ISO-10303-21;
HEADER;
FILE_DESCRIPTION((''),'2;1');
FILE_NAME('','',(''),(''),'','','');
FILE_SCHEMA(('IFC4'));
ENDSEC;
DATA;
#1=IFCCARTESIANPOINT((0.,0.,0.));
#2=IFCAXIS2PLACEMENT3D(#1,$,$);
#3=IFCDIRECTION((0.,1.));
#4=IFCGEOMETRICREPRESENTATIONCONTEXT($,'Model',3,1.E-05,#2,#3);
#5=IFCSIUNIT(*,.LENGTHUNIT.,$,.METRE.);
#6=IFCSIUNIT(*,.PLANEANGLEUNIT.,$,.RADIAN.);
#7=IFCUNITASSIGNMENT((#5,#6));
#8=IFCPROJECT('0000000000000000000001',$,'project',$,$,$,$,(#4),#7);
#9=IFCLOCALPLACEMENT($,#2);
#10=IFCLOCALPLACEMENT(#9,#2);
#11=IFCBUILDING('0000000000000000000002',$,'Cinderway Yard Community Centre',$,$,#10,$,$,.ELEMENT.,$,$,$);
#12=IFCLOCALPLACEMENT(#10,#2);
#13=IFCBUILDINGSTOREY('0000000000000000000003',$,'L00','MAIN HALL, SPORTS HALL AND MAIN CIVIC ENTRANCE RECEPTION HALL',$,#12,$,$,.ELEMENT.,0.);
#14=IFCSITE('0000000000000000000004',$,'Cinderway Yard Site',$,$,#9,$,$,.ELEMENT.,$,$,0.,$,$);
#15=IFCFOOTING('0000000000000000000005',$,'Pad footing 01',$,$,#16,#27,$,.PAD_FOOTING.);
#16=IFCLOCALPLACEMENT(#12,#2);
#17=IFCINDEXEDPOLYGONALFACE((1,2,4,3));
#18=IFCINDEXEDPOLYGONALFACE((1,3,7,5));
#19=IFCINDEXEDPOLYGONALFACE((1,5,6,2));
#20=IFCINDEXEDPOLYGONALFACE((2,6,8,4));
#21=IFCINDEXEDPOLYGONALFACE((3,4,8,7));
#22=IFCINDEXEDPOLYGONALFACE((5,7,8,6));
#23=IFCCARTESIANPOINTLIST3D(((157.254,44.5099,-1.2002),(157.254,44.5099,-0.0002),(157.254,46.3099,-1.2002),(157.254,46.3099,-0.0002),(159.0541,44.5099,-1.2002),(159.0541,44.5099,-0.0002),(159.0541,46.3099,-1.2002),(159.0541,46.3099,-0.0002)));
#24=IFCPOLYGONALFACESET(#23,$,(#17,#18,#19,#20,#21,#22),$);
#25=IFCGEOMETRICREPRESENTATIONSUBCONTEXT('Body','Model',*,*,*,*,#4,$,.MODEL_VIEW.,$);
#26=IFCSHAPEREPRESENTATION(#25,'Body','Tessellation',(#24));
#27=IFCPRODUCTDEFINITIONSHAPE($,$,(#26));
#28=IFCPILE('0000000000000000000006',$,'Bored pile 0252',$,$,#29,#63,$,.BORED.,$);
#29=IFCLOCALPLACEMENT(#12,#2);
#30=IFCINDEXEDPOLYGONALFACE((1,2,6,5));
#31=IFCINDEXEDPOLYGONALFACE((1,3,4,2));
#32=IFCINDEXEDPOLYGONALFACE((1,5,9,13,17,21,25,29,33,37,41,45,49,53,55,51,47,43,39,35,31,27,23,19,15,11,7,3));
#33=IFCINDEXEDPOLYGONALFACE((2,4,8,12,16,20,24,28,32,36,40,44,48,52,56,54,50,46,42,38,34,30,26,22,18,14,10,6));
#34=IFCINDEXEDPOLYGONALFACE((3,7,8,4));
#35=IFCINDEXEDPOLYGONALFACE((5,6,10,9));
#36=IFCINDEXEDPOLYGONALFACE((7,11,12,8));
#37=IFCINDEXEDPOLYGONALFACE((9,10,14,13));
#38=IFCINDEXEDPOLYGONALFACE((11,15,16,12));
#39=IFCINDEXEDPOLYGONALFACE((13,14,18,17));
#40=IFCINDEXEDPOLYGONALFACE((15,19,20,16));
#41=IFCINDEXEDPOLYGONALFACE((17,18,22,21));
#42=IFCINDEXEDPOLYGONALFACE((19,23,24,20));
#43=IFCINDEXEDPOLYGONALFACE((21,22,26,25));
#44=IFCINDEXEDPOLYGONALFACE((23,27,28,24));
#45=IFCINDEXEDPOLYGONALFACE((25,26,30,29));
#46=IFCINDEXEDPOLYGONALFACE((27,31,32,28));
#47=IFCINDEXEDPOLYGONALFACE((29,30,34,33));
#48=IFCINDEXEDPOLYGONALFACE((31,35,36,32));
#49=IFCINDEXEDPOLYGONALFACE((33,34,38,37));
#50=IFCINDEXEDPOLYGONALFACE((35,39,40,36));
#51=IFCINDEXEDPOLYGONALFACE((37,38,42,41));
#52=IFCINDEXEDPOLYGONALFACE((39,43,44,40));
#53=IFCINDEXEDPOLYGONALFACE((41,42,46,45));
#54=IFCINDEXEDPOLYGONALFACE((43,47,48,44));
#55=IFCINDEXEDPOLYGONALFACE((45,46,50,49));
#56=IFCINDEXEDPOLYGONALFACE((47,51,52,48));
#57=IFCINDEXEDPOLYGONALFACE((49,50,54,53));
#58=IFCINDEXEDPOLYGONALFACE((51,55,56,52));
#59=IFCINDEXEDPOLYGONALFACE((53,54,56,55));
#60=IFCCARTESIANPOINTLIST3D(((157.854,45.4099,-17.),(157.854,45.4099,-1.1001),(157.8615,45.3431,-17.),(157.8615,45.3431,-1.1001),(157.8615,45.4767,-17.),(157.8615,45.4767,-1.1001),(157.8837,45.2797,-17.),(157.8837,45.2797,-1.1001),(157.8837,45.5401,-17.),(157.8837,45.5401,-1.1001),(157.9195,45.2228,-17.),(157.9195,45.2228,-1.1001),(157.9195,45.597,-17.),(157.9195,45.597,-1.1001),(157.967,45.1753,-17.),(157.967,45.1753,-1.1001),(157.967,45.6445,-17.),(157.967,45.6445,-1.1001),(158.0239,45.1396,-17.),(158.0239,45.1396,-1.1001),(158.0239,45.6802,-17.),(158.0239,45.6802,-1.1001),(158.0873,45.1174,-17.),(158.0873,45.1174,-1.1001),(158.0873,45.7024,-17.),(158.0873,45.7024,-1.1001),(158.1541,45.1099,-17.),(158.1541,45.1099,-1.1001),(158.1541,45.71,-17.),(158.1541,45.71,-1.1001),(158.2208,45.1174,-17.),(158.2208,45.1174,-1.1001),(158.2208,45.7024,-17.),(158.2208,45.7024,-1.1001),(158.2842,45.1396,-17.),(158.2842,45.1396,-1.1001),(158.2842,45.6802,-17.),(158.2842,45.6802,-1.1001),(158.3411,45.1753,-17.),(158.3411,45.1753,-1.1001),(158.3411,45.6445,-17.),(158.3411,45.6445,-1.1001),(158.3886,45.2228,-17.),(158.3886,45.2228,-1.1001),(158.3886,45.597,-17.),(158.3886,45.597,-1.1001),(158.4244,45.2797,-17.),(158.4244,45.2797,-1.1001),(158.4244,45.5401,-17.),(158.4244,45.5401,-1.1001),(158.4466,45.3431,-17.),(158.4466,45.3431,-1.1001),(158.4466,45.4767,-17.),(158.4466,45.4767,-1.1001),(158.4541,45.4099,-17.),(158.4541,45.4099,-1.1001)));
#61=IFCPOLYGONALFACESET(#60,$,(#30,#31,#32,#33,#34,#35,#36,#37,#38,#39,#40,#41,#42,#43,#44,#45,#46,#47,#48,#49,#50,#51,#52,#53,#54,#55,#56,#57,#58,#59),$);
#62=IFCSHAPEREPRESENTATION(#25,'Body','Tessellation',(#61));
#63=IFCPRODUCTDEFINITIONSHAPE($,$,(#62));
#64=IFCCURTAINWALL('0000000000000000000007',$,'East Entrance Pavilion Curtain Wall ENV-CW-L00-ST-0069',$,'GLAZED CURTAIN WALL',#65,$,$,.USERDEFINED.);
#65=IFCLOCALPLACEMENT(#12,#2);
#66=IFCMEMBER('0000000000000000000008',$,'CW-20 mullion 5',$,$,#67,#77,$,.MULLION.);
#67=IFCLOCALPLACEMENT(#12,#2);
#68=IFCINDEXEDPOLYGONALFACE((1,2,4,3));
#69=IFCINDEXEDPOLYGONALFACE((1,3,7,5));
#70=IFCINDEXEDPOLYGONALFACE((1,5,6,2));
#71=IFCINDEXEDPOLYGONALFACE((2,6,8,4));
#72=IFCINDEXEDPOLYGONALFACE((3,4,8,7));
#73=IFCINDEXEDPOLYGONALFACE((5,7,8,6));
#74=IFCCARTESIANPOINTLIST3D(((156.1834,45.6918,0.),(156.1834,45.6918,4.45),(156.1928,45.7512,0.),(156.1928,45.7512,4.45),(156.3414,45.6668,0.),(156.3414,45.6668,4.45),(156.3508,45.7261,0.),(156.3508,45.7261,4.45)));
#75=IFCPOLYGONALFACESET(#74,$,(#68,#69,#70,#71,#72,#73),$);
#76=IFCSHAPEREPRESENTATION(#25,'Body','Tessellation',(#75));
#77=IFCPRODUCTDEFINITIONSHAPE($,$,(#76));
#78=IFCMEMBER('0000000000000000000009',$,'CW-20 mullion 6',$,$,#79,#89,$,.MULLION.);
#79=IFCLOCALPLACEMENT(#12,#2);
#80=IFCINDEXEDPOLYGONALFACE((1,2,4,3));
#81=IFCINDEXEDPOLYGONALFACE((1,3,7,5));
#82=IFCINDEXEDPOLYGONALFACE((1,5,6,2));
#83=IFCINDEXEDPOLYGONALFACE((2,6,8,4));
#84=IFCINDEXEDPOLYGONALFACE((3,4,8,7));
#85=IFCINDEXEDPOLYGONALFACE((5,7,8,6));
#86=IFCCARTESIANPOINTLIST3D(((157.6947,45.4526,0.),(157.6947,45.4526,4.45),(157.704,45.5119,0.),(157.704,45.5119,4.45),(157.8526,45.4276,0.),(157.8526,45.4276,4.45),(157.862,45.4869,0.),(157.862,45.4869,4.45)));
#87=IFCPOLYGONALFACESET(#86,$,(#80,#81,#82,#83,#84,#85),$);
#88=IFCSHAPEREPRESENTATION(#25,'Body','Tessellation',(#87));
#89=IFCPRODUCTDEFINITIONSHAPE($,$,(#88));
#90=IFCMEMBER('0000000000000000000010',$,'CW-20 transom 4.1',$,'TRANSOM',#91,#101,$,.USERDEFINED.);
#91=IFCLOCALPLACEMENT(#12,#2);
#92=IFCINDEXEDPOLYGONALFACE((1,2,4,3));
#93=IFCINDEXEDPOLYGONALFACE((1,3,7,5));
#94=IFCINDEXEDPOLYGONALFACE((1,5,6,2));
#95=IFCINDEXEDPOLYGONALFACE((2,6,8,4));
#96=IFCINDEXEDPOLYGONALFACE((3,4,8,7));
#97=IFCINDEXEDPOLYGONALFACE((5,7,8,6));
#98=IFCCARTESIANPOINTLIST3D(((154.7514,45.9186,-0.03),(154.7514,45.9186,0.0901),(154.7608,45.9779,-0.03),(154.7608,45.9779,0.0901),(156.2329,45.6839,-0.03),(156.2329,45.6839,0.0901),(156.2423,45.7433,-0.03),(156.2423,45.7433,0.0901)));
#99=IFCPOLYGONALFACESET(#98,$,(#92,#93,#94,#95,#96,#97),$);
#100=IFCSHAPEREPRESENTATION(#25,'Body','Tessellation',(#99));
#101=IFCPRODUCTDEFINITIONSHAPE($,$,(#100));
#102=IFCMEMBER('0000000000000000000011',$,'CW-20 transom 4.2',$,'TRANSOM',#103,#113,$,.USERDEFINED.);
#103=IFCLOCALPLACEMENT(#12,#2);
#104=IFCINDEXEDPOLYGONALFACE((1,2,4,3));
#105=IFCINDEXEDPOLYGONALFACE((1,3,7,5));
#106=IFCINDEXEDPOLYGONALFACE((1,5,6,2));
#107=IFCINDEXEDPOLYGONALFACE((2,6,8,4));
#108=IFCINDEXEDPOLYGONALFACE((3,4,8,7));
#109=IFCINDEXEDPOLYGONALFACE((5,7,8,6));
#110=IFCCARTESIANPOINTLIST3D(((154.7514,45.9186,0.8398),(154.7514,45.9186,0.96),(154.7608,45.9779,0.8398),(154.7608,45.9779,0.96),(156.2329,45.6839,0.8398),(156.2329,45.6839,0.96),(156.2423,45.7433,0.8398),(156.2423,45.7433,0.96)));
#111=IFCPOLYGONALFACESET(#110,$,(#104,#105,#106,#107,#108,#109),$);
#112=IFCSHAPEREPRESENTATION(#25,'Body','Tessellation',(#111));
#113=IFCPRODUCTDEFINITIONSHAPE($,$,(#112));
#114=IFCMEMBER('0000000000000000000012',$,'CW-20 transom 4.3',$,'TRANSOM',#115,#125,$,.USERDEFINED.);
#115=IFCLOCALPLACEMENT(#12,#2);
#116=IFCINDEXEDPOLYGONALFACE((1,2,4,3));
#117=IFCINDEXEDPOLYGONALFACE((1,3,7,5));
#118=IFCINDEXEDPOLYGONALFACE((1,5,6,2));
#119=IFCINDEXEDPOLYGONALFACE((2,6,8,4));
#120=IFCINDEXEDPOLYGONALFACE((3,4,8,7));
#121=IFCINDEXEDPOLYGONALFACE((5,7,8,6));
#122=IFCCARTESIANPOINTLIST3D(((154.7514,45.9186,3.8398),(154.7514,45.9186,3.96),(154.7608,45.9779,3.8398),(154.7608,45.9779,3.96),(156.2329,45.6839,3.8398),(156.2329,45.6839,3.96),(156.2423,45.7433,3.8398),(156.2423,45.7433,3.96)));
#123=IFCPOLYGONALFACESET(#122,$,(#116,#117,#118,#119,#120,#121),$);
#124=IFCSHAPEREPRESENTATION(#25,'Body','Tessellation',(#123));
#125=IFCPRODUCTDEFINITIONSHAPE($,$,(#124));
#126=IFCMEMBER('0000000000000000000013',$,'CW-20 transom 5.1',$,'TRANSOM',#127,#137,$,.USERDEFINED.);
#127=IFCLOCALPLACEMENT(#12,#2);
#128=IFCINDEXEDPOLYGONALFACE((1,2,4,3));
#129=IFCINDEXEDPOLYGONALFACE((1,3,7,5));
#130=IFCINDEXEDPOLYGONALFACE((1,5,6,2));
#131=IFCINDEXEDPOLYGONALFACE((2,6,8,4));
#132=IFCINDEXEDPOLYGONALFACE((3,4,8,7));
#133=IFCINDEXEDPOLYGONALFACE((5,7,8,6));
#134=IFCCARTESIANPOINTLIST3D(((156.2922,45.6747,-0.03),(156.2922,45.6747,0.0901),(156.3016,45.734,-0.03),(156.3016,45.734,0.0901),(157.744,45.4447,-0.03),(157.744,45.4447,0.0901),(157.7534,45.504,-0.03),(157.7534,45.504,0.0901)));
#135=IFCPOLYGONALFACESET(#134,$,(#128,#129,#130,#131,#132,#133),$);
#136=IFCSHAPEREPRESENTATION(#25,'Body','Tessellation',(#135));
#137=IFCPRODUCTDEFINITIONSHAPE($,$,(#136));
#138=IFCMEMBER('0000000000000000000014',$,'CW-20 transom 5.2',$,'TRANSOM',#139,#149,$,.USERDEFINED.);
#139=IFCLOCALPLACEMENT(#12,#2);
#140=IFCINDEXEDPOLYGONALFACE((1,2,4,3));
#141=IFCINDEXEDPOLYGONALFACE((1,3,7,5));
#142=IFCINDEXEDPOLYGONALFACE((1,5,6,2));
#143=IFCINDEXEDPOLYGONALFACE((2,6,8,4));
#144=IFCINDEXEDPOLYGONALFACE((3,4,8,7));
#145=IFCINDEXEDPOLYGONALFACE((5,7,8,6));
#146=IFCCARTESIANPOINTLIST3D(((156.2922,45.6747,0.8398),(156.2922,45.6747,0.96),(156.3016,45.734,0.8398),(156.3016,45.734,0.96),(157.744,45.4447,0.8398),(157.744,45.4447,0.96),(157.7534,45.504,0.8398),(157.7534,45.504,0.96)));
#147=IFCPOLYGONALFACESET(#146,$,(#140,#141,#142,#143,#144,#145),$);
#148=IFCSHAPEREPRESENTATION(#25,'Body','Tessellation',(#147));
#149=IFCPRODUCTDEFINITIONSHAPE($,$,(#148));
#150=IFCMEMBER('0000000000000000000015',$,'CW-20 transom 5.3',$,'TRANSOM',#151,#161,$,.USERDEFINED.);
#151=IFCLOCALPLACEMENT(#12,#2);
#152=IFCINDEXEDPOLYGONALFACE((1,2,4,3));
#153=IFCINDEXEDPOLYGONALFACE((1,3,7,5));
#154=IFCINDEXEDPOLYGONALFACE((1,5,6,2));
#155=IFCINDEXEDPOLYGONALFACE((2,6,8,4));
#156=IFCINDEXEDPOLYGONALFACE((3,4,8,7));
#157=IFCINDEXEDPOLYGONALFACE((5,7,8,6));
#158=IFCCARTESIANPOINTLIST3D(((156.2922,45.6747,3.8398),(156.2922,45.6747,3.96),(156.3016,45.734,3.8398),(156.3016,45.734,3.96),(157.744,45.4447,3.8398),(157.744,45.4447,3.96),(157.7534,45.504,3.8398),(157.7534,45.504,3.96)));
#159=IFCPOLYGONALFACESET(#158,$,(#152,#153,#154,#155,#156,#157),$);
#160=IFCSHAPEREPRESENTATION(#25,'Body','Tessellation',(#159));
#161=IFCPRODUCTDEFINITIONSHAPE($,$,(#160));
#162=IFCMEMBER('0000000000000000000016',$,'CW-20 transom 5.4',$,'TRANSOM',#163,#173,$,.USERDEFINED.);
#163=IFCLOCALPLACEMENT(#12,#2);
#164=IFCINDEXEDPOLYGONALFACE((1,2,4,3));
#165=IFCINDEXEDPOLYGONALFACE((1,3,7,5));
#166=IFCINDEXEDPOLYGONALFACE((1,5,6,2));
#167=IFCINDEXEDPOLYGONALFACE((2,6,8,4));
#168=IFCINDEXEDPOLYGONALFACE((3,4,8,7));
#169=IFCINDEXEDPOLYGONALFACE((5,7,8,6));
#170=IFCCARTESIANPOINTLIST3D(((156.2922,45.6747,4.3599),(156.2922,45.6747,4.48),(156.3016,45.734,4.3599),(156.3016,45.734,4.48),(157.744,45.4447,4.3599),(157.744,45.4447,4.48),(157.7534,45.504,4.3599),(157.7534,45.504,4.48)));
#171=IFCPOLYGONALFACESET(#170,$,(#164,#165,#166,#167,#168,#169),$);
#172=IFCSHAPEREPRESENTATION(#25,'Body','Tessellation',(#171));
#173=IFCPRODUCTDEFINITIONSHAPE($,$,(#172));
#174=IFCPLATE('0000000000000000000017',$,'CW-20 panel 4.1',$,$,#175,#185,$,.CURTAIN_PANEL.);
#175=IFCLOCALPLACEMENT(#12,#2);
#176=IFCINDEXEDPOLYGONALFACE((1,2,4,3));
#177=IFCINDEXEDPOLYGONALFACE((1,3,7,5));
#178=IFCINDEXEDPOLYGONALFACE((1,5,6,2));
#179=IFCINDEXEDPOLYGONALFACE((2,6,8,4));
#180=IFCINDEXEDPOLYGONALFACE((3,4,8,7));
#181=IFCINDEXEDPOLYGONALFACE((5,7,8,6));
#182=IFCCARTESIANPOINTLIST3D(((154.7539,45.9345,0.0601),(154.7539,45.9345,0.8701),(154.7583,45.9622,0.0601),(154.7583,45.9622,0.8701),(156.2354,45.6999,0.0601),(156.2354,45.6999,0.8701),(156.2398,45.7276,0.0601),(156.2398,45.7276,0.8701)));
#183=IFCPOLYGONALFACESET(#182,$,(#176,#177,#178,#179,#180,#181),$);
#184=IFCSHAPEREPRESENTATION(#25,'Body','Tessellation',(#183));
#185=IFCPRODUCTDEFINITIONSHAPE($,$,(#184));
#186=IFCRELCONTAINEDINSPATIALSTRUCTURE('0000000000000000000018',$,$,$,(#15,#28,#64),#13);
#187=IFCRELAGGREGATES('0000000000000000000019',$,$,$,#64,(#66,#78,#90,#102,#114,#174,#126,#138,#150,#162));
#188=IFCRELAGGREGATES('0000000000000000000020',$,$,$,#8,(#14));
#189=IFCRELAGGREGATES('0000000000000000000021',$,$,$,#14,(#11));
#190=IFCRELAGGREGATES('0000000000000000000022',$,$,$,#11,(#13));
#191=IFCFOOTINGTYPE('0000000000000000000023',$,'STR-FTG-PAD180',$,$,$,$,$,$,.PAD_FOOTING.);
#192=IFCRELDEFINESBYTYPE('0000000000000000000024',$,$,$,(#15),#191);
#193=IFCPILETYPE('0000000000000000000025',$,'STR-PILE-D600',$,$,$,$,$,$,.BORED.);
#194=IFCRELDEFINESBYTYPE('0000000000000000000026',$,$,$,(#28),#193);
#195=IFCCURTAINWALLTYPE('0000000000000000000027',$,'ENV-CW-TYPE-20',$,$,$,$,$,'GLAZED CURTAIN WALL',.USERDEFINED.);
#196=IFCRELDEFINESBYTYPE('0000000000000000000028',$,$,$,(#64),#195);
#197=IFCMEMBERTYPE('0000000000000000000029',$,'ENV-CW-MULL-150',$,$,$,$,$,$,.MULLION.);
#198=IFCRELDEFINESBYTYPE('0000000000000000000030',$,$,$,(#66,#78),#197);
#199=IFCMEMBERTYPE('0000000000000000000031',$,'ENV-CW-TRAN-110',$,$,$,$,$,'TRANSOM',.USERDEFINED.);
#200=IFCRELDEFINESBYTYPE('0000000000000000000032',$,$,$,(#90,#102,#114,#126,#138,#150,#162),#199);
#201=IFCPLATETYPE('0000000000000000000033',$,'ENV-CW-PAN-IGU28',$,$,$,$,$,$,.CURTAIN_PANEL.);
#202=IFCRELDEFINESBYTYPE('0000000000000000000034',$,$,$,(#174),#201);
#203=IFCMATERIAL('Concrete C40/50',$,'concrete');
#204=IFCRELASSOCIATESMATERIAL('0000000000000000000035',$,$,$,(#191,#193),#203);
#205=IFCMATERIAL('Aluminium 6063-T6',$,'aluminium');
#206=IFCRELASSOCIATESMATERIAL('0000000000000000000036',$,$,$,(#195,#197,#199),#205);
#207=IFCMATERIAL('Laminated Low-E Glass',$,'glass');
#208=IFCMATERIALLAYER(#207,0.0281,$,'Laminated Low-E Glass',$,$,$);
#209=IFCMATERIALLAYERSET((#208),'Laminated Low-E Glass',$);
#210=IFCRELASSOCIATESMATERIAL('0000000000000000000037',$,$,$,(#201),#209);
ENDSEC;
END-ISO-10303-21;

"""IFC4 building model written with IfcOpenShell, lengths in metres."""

from ifc_helpers import new_model, si_unit, direction, frame, origin, origin_2d, place, context, subcontext, project, spatial, rectangle, circle, extrude, material, layer, layer_set, material_profile, profile_set, type_object, element, aggregate, save


model = new_model("IFC4")

# Units and contexts
model_context = context("Model", 3, precision=1e-05, world=origin(), true_north=direction((0.0, 1.0)))
body_context = subcontext(model_context, "Body", "Model", "MODEL_VIEW")
ifc_project = project(units=[si_unit("LENGTHUNIT", "METRE"), si_unit("PLANEANGLEUNIT", "RADIAN")], contexts=[model_context])

# Site, building, storey
site_placement = place(None, origin())
site = spatial("IfcSite", under=ifc_project, at=site_placement, Name="Cinderway Yard Site", CompositionType="ELEMENT", RefElevation=0.0)
building_placement = place(site_placement, origin())
building = spatial("IfcBuilding", under=site, at=building_placement, Name="Cinderway Yard Community Centre", CompositionType="ELEMENT")
storey_placement = place(building_placement, origin())
storey = spatial("IfcBuildingStorey", under=building, at=storey_placement, Name="L00", Description="MAIN HALL, SPORTS HALL AND MAIN CIVIC ENTRANCE RECEPTION HALL", CompositionType="ELEMENT", Elevation=0.0)

# Footing
ifc_material_1 = material(Name="Concrete C40/50", Category="concrete")
footing_type = type_object("IfcFootingType", Name="STR-FTG-PAD180", PredefinedType="PAD_FOOTING", material=ifc_material_1)
footing_placement = place(storey_placement, frame((158.1541, 45.4099, -1.2002), z_axis=(0.0, 0.0, 1.0), x_axis=(1.0, 0.0, 0.0)))
element("IfcFooting", 1, at=footing_placement, inside=storey, type_object=footing_type, Name="Pad footing 01", PredefinedType="PAD_FOOTING", context=body_context, shape_type="SweptSolid", body=[
    extrude(rectangle(XDim=1.8, YDim=1.8, at=origin_2d()), origin(), (0.0, 0.0, 1.0), 1.2),
])

# Pile
ifc_material_profile_1 = material_profile(ifc_material_1, circle(Radius=0.3, at=origin_2d()), Name="Concrete C40/50")
ifc_profile_set_1 = profile_set([ifc_material_profile_1], Name="Concrete C40/50")
pile_type = type_object("IfcPileType", Name="STR-PILE-D600", PredefinedType="BORED", material=ifc_profile_set_1)
pile_placement = place(storey_placement, frame((158.1541, 45.4099, -1.1001), z_axis=(0.0, 0.0, -1.0), x_axis=(1.0, 0.0, 0.0)))
element("IfcPile", 2, at=pile_placement, inside=storey, type_object=pile_type, Name="Bored pile 0252", PredefinedType="BORED", context=body_context, shape_type="SweptSolid", body=[
    extrude(circle(Radius=0.3, at=origin_2d()), origin(), (0.0, 0.0, 1.0), 15.8999),
])

# Curtain wall, members, plate
ifc_material_2 = material(Name="Aluminium 6063-T6", Category="aluminium")
curtain_wall_type = type_object("IfcCurtainWallType", Name="ENV-CW-TYPE-20", ElementType="GLAZED CURTAIN WALL", PredefinedType="USERDEFINED", material=ifc_material_2)
curtain_wall_placement = place(storey_placement, origin())
curtain_wall = element("IfcCurtainWall", 3, at=curtain_wall_placement, inside=storey, type_object=curtain_wall_type, Name="East Entrance Pavilion Curtain Wall ENV-CW-L00-ST-0069", ObjectType="GLAZED CURTAIN WALL", PredefinedType="USERDEFINED")
ifc_material_profile_2 = material_profile(ifc_material_2, rectangle(XDim=0.0601, YDim=0.1599, at=origin_2d()), Name="Aluminium 6063-T6")
ifc_profile_set_2 = profile_set([ifc_material_profile_2], Name="Aluminium 6063-T6")
member_type_1 = type_object("IfcMemberType", Name="ENV-CW-MULL-150", PredefinedType="MULLION", material=ifc_profile_set_2)
member_1_placement = place(storey_placement, frame((156.2671, 45.709, 0.0), z_axis=(0.0, 0.0, 1.0), x_axis=(0.15641, 0.987692, 0.0)))
member_1 = element("IfcMember", 4, at=member_1_placement, type_object=member_type_1, Name="CW-20 mullion 5", PredefinedType="MULLION", context=body_context, shape_type="SweptSolid", body=[
    extrude(rectangle(XDim=0.0601, YDim=0.1599, at=origin_2d()), origin(), (0.0, 0.0, 1.0), 4.45),
])
member_2_placement = place(storey_placement, frame((157.7783, 45.4697, 0.0), z_axis=(0.0, 0.0, 1.0), x_axis=(0.15641, 0.987692, 0.0)))
member_2 = element("IfcMember", 5, at=member_2_placement, type_object=member_type_1, Name="CW-20 mullion 6", PredefinedType="MULLION", context=body_context, shape_type="SweptSolid", body=[
    extrude(rectangle(XDim=0.0601, YDim=0.1599, at=origin_2d()), origin(), (0.0, 0.0, 1.0), 4.45),
])
ifc_material_profile_3 = material_profile(ifc_material_2, rectangle(XDim=0.0601, YDim=0.1201, at=origin_2d()), Name="Aluminium 6063-T6")
ifc_profile_set_3 = profile_set([ifc_material_profile_3], Name="Aluminium 6063-T6")
member_type_2 = type_object("IfcMemberType", Name="ENV-CW-TRAN-110", ElementType="TRANSOM", PredefinedType="USERDEFINED", material=ifc_profile_set_3)
member_3_placement = place(storey_placement, frame((154.7561, 45.9482, 0.03), z_axis=(0.98769, -0.156422, 0.0), x_axis=(0.156422, 0.98769, 0.0)))
member_3 = element("IfcMember", 6, at=member_3_placement, type_object=member_type_2, Name="CW-20 transom 4.1", ObjectType="TRANSOM", PredefinedType="USERDEFINED", context=body_context, shape_type="SweptSolid", body=[
    extrude(rectangle(XDim=0.0601, YDim=0.1201, at=origin_2d()), origin(), (0.0, 0.0, 1.0), 1.5),
])
member_4_placement = place(storey_placement, frame((154.7561, 45.9482, 0.8999), z_axis=(0.98769, -0.156422, 0.0), x_axis=(0.156422, 0.98769, 0.0)))
member_4 = element("IfcMember", 7, at=member_4_placement, type_object=member_type_2, Name="CW-20 transom 4.2", ObjectType="TRANSOM", PredefinedType="USERDEFINED", context=body_context, shape_type="SweptSolid", body=[
    extrude(rectangle(XDim=0.0601, YDim=0.1201, at=origin_2d()), origin(), (0.0, 0.0, 1.0), 1.5),
])
member_5_placement = place(storey_placement, frame((154.7561, 45.9482, 3.8999), z_axis=(0.98769, -0.156422, 0.0), x_axis=(0.156422, 0.98769, 0.0)))
member_5 = element("IfcMember", 8, at=member_5_placement, type_object=member_type_2, Name="CW-20 transom 4.3", ObjectType="TRANSOM", PredefinedType="USERDEFINED", context=body_context, shape_type="SweptSolid", body=[
    extrude(rectangle(XDim=0.0601, YDim=0.1201, at=origin_2d()), origin(), (0.0, 0.0, 1.0), 1.5),
])
member_6_placement = place(storey_placement, frame((156.2969, 45.7043, 0.03), z_axis=(0.987686, -0.156449, 0.0), x_axis=(0.156449, 0.987686, 0.0)))
member_6 = element("IfcMember", 9, at=member_6_placement, type_object=member_type_2, Name="CW-20 transom 5.1", ObjectType="TRANSOM", PredefinedType="USERDEFINED", context=body_context, shape_type="SweptSolid", body=[
    extrude(rectangle(XDim=0.0601, YDim=0.1201, at=origin_2d()), origin(), (0.0, 0.0, 1.0), 1.47),
])
member_7_placement = place(storey_placement, frame((156.2969, 45.7043, 0.8999), z_axis=(0.987686, -0.156449, 0.0), x_axis=(0.156449, 0.987686, 0.0)))
member_7 = element("IfcMember", 10, at=member_7_placement, type_object=member_type_2, Name="CW-20 transom 5.2", ObjectType="TRANSOM", PredefinedType="USERDEFINED", context=body_context, shape_type="SweptSolid", body=[
    extrude(rectangle(XDim=0.0601, YDim=0.1201, at=origin_2d()), origin(), (0.0, 0.0, 1.0), 1.47),
])
member_8_placement = place(storey_placement, frame((156.2969, 45.7043, 3.8999), z_axis=(0.987686, -0.156449, 0.0), x_axis=(0.156449, 0.987686, 0.0)))
member_8 = element("IfcMember", 11, at=member_8_placement, type_object=member_type_2, Name="CW-20 transom 5.3", ObjectType="TRANSOM", PredefinedType="USERDEFINED", context=body_context, shape_type="SweptSolid", body=[
    extrude(rectangle(XDim=0.0601, YDim=0.1201, at=origin_2d()), origin(), (0.0, 0.0, 1.0), 1.47),
])
member_9_placement = place(storey_placement, frame((156.2969, 45.7043, 4.4199), z_axis=(0.987686, -0.156449, 0.0), x_axis=(0.156449, 0.987686, 0.0)))
member_9 = element("IfcMember", 12, at=member_9_placement, type_object=member_type_2, Name="CW-20 transom 5.4", ObjectType="TRANSOM", PredefinedType="USERDEFINED", context=body_context, shape_type="SweptSolid", body=[
    extrude(rectangle(XDim=0.0601, YDim=0.1201, at=origin_2d()), origin(), (0.0, 0.0, 1.0), 1.47),
])
ifc_material_3 = material(Name="Laminated Low-E Glass", Category="glass")
ifc_layer_1 = layer(ifc_material_3, 0.0281, Name="Laminated Low-E Glass")
ifc_layer_set_1 = layer_set([ifc_layer_1], Name="Laminated Low-E Glass")
plate_type = type_object("IfcPlateType", Name="ENV-CW-PAN-IGU28", PredefinedType="CURTAIN_PANEL", material=ifc_layer_set_1)
plate_1_placement = place(storey_placement, frame((155.4968, 45.8311, 0.0601), z_axis=(0.0, 0.0, 1.0), x_axis=(0.987692, -0.15641, 0.0)))
plate_1 = element("IfcPlate", 13, at=plate_1_placement, type_object=plate_type, Name="CW-20 panel 4.1", PredefinedType="CURTAIN_PANEL", context=body_context, shape_type="SweptSolid", body=[
    extrude(rectangle(XDim=1.5, YDim=0.0281, at=origin_2d()), origin(), (0.0, 0.0, 1.0), 0.8101),
])
aggregate(curtain_wall, [member_1, member_2, member_3, member_4, member_5, plate_1, member_6, member_7, member_8, member_9])

save(model, "model.ifc")
